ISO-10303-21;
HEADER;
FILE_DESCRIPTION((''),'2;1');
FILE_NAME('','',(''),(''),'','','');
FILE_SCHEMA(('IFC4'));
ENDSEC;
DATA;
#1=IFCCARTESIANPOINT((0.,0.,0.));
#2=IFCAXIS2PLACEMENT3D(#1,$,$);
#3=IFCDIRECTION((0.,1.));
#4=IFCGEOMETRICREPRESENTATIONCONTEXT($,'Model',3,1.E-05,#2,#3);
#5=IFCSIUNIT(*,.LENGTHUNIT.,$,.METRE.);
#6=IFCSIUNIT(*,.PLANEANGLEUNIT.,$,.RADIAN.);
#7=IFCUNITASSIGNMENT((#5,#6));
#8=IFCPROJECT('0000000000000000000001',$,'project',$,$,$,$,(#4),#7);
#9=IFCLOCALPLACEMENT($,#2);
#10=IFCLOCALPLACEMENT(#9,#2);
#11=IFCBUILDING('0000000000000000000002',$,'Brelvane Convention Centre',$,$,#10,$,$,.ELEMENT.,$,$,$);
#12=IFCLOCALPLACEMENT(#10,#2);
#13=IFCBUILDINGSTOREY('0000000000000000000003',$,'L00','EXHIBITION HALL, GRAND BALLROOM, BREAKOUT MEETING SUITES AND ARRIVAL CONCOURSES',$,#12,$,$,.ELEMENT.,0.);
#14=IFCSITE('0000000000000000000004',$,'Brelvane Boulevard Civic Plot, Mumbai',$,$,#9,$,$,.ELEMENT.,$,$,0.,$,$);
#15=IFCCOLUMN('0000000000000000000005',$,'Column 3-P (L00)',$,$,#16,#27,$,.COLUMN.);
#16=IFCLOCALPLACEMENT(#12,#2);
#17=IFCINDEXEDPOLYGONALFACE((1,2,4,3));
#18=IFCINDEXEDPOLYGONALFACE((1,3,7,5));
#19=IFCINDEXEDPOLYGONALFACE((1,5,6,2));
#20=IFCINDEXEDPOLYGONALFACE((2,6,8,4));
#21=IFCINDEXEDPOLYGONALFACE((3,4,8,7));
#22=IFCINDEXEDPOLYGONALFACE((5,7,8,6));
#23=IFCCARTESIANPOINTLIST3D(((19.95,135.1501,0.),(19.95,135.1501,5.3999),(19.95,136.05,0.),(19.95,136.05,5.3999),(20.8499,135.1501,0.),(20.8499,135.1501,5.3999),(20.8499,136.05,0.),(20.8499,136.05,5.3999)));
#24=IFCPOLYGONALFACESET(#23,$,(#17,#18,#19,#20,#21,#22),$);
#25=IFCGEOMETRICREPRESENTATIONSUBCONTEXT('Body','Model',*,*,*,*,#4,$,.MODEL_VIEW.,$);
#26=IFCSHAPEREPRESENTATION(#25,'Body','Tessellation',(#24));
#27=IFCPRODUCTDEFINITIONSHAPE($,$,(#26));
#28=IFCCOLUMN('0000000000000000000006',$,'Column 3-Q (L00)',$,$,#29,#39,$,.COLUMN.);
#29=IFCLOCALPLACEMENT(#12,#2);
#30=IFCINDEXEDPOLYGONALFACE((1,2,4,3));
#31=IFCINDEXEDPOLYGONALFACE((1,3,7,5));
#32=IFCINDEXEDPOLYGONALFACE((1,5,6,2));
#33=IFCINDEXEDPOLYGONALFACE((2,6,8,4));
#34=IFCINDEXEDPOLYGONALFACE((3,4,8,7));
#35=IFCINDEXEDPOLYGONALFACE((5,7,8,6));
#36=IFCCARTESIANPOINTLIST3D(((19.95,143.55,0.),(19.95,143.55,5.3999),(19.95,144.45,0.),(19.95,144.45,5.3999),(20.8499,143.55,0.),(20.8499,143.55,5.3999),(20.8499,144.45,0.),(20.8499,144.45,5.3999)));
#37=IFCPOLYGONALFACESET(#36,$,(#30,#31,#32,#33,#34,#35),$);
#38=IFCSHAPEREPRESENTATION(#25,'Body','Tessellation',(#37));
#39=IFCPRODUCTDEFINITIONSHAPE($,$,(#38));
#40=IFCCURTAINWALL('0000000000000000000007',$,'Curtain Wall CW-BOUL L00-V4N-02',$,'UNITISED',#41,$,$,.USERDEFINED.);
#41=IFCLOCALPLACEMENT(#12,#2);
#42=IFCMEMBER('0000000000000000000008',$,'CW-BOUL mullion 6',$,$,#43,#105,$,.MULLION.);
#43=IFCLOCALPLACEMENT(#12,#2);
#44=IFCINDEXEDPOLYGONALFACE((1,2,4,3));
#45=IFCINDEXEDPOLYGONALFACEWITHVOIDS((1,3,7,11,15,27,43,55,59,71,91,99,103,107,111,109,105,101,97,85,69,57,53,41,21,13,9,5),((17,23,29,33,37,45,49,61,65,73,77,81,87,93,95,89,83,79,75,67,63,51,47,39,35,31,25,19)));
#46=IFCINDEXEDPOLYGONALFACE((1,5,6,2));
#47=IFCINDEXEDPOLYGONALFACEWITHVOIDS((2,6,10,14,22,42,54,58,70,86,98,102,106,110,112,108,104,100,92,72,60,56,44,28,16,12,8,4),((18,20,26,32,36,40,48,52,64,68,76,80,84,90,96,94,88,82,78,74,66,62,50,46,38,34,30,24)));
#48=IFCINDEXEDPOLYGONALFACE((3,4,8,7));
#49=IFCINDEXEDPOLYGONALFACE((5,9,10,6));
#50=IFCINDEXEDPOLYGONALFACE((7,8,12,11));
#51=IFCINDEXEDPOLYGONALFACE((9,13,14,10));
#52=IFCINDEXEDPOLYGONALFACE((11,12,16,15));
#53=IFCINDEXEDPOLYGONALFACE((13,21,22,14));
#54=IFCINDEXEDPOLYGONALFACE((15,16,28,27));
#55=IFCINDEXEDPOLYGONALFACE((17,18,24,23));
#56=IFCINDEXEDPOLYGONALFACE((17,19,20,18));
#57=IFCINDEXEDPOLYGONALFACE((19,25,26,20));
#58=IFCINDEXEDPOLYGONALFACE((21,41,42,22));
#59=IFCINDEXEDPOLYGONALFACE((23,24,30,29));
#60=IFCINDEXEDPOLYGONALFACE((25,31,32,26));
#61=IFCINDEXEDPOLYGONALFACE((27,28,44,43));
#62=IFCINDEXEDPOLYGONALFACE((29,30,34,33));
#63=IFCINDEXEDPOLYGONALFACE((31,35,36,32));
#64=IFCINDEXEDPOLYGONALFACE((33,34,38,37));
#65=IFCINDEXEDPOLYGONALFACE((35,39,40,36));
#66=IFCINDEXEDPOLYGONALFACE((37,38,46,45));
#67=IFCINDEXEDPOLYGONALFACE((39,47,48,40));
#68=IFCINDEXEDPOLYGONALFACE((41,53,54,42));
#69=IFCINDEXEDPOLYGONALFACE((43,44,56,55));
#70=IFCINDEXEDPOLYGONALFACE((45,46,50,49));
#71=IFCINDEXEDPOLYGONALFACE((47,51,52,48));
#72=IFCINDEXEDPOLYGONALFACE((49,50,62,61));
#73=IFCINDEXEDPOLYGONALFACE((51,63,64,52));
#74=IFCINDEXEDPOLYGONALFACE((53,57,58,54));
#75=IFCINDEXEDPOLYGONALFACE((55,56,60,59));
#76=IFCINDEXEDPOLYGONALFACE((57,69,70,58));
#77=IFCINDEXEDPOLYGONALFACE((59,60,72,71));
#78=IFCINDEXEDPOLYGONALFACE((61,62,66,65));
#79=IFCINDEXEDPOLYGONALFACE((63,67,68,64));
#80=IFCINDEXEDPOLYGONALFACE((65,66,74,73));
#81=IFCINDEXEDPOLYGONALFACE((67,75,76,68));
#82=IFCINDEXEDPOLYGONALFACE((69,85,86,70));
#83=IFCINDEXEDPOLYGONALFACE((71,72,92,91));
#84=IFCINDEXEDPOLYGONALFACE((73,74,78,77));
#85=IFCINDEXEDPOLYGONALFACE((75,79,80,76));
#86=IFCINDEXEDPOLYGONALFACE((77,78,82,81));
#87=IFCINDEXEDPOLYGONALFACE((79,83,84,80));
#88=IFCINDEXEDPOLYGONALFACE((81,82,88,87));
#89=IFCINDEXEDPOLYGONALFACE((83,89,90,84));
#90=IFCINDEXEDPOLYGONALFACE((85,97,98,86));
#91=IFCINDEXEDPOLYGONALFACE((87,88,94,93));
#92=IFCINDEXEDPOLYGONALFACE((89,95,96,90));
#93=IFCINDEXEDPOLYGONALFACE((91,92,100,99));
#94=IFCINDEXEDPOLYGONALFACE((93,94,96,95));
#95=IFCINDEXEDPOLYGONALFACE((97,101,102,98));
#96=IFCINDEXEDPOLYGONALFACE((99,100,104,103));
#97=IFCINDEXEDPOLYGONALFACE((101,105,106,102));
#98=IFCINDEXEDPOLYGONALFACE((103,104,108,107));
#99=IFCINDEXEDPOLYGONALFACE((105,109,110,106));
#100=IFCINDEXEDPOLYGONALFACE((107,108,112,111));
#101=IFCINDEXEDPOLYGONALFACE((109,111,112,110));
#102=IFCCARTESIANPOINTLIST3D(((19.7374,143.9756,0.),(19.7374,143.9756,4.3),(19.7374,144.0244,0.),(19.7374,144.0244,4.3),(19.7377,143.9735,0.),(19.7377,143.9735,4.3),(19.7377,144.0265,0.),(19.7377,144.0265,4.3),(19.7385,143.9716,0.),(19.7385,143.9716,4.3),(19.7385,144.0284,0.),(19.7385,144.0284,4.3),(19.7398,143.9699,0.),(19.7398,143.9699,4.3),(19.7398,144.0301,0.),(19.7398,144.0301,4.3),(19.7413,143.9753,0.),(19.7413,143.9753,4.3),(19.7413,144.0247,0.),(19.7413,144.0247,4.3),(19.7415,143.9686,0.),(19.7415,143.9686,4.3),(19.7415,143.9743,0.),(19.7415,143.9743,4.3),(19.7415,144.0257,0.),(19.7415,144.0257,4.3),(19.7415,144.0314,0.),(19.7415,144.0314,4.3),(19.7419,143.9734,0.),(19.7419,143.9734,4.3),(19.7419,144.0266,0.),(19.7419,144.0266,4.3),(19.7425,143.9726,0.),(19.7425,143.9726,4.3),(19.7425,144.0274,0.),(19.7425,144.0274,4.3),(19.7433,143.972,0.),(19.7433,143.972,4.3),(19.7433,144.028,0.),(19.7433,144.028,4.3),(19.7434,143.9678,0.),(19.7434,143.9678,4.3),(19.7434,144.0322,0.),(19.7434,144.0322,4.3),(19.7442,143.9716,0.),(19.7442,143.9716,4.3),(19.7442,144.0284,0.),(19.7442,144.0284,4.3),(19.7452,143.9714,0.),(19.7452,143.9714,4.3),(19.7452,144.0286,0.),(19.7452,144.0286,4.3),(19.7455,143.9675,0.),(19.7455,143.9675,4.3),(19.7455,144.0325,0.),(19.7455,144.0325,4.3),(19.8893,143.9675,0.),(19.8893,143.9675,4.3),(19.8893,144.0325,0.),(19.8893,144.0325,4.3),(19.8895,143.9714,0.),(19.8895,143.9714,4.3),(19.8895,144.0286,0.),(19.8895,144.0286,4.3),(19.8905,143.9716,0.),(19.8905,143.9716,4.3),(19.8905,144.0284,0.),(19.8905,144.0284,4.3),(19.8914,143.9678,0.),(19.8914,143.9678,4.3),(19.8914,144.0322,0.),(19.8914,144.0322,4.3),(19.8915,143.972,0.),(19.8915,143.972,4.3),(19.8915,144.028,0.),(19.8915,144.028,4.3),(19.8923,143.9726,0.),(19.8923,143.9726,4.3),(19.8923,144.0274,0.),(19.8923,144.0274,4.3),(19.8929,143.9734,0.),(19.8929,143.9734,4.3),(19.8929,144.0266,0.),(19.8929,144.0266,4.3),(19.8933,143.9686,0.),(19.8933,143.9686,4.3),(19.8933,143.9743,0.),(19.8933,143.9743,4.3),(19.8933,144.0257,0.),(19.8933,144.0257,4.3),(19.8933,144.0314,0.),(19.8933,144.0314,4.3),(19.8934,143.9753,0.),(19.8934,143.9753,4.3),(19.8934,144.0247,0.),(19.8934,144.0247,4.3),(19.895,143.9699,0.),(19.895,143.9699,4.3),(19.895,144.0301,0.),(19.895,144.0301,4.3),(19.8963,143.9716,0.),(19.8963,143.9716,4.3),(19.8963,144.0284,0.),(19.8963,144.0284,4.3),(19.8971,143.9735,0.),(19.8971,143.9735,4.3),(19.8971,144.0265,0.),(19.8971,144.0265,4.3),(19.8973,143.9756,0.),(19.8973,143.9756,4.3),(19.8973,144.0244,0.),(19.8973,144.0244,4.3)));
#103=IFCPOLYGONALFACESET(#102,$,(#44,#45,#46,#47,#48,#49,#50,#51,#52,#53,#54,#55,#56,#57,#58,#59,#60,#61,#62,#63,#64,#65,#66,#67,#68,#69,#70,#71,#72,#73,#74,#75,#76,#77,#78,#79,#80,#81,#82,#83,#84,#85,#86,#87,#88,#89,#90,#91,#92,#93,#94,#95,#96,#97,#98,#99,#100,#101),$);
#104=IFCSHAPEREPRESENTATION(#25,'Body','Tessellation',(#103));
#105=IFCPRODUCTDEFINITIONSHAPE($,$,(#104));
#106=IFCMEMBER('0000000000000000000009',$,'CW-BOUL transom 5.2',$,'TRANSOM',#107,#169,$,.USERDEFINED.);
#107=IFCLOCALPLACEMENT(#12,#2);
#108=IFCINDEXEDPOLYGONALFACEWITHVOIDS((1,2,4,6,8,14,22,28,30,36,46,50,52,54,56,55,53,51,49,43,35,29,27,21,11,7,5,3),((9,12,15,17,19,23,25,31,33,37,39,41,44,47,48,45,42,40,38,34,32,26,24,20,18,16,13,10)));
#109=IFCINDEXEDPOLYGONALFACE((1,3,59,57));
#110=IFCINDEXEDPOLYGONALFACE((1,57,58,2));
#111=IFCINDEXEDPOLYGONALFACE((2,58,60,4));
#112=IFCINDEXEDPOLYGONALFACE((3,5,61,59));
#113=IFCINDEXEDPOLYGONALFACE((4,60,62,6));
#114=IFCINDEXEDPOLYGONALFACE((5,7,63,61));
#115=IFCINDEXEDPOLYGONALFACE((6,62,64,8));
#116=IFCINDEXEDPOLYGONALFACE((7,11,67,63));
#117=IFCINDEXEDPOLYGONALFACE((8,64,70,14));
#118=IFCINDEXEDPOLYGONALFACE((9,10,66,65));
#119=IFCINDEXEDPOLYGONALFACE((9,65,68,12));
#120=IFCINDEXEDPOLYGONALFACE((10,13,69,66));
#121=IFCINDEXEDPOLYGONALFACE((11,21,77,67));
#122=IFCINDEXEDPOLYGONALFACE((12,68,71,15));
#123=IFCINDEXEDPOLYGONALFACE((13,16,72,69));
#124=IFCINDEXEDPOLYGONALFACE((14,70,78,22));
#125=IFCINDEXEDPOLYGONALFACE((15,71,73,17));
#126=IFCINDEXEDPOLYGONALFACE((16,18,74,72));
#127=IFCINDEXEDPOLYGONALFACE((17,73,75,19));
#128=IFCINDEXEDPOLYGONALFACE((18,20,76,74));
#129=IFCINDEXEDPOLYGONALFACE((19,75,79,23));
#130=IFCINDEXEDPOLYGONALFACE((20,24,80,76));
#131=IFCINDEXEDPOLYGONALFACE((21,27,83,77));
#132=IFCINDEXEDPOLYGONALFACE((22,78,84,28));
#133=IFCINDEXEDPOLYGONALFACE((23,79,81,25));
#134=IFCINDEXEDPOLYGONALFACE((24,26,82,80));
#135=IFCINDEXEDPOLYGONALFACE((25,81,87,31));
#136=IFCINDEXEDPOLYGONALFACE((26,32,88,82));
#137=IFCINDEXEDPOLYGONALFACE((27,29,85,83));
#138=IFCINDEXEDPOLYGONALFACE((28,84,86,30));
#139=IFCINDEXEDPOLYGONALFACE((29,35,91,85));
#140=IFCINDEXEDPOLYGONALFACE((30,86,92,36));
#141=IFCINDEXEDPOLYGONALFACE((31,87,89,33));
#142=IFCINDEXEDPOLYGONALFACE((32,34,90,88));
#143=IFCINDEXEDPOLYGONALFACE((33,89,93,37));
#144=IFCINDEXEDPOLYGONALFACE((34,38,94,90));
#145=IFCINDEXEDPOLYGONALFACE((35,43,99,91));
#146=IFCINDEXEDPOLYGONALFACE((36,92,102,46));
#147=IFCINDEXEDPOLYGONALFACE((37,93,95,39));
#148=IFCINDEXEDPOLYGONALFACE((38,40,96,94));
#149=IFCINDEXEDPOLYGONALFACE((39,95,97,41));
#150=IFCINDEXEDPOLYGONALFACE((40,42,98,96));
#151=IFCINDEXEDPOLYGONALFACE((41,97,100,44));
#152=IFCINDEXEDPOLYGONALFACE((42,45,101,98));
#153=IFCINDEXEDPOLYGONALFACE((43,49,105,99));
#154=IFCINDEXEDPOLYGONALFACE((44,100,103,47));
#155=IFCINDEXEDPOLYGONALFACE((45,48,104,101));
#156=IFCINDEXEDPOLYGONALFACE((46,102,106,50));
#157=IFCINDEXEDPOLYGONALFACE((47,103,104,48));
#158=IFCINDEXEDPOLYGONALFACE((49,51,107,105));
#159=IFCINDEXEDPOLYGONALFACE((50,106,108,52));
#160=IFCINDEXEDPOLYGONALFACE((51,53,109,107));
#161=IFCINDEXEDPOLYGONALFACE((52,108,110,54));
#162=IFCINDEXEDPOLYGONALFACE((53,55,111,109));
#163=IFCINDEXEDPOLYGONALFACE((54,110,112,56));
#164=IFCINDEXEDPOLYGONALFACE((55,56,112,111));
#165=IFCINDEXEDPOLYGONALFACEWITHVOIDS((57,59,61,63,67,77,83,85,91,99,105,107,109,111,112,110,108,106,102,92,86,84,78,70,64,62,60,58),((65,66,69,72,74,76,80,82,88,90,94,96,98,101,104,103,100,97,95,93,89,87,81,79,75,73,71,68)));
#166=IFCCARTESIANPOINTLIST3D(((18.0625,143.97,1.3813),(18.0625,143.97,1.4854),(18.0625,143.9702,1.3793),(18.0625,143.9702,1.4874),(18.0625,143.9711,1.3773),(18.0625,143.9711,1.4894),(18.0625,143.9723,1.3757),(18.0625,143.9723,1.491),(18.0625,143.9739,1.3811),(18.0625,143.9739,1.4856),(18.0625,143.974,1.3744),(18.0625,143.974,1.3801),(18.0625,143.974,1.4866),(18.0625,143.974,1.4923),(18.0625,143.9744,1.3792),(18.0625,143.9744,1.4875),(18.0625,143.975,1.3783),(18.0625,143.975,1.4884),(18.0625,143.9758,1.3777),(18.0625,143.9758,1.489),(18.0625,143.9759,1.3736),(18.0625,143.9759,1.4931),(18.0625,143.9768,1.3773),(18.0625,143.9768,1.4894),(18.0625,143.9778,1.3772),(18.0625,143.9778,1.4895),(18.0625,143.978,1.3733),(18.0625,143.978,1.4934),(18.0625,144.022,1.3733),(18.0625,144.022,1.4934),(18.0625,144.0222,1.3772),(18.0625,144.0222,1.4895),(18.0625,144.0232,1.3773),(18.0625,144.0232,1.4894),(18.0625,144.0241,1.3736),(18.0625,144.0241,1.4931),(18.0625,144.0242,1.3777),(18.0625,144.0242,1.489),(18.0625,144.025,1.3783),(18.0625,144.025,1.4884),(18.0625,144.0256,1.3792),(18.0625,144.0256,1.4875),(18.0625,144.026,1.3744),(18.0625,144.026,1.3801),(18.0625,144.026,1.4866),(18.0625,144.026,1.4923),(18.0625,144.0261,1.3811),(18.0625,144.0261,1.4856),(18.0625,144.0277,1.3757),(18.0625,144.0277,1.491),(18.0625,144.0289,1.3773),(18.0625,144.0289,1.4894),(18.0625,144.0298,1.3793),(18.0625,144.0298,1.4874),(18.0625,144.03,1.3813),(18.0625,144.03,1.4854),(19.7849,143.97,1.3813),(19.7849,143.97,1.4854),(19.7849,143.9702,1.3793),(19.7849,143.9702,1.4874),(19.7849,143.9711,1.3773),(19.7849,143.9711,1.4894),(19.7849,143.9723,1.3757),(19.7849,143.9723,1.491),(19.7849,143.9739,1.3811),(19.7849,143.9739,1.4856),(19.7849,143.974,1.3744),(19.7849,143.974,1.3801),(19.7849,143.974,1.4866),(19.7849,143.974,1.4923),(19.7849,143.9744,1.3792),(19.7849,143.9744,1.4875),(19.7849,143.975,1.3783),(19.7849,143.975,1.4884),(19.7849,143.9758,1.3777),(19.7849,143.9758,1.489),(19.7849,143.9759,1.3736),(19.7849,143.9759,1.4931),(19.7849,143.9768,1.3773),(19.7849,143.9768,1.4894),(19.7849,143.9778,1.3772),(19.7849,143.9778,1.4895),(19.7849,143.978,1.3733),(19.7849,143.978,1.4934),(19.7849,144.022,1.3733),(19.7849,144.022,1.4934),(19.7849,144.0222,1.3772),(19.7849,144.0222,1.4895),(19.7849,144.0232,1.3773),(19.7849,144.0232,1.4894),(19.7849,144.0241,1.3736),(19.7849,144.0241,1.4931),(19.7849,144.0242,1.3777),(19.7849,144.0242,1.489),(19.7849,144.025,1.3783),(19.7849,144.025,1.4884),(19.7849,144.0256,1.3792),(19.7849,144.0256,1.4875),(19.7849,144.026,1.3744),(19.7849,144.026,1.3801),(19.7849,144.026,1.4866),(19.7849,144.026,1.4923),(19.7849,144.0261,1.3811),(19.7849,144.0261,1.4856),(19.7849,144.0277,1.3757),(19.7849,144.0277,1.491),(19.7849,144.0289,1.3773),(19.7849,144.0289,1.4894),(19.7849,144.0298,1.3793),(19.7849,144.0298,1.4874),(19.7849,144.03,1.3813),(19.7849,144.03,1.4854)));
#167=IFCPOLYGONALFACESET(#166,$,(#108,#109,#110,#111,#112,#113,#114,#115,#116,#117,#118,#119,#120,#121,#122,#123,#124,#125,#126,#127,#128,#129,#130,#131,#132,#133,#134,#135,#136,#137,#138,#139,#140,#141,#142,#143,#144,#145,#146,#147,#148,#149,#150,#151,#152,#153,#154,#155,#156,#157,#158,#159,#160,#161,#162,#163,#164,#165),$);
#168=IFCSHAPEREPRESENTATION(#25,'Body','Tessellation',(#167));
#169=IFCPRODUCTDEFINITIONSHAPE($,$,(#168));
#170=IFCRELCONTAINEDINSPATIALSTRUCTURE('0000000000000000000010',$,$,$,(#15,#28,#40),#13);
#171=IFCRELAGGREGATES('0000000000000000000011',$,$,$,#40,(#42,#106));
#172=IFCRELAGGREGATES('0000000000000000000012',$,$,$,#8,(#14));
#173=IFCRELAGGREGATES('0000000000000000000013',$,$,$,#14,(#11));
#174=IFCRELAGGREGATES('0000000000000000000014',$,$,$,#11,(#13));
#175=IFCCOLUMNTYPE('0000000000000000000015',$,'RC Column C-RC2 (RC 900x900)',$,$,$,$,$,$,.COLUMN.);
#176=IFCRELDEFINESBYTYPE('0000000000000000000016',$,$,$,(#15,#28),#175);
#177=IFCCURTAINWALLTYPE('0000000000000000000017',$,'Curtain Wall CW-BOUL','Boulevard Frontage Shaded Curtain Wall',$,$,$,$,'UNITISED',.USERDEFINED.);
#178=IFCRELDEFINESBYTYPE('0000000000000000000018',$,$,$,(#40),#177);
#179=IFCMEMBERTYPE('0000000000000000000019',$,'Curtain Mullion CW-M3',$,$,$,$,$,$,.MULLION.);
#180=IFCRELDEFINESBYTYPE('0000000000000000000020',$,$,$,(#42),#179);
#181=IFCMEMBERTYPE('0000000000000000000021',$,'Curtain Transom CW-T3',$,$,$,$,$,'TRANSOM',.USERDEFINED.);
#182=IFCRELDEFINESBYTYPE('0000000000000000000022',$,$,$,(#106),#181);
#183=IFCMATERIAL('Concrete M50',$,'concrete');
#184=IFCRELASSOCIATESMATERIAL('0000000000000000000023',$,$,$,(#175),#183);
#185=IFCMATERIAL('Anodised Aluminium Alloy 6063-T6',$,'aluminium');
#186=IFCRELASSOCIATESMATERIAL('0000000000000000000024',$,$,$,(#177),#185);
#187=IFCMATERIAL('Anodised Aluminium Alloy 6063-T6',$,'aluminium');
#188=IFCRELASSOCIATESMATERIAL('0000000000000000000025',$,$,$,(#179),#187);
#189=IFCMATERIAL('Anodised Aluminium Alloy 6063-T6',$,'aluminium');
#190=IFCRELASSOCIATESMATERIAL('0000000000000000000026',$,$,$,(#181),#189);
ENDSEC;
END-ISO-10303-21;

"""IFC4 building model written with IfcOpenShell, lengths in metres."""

from ifc_helpers import new_model, si_unit, direction, frame, origin, origin_2d, place, context, subcontext, project, spatial, rectangle, hollow_rectangle, extrude, material, material_profile, profile_set, type_object, element, aggregate, save


model = new_model("IFC4")

# Units and contexts
model_context = context("Model", 3, precision=1e-05, world=origin(), true_north=direction((0.0, 1.0)))
body_context = subcontext(model_context, "Body", "Model", "MODEL_VIEW")
ifc_project = project(units=[si_unit("LENGTHUNIT", "METRE"), si_unit("PLANEANGLEUNIT", "RADIAN")], contexts=[model_context])

# Site, building, storey
site_placement = place(None, origin())
site = spatial("IfcSite", under=ifc_project, at=site_placement, Name="Brelvane Boulevard Civic Plot, Mumbai", CompositionType="ELEMENT", RefElevation=0.0)
building_placement = place(site_placement, origin())
building = spatial("IfcBuilding", under=site, at=building_placement, Name="Brelvane Convention Centre", CompositionType="ELEMENT")
storey_placement = place(building_placement, origin())
storey = spatial("IfcBuildingStorey", under=building, at=storey_placement, Name="L00", Description="EXHIBITION HALL, GRAND BALLROOM, BREAKOUT MEETING SUITES AND ARRIVAL CONCOURSES", CompositionType="ELEMENT", Elevation=0.0)

# Columns
ifc_material_1 = material(Name="Concrete M50", Category="concrete")
ifc_material_profile_1 = material_profile(ifc_material_1, rectangle(XDim=0.8999, YDim=0.8999, at=origin_2d()), Name="RC 900x900")
ifc_profile_set_1 = profile_set([ifc_material_profile_1], Name="Concrete M50")
column_type = type_object("IfcColumnType", Name="RC Column C-RC2 (RC 900x900)", PredefinedType="COLUMN", material=ifc_profile_set_1)
for number, where, z_axis, x_axis, name in (
    (1, (20.3999, 135.6001, 0.0), (0.0, 0.0, 1.0), (1.0, 0.0, 0.0), "Column 3-P (L00)"),
    (2, (20.3999, 144.0, 0.0), (0.0, 0.0, 1.0), (1.0, 0.0, 0.0), "Column 3-Q (L00)"),
):
    element("IfcColumn", number, at=place(storey_placement, frame(where, z_axis=z_axis, x_axis=x_axis)), inside=storey, type_object=column_type, Name=name, PredefinedType="COLUMN", context=body_context, shape_type="SweptSolid", body=[
        extrude(rectangle(XDim=0.8999, YDim=0.8999, at=origin_2d()), origin(), (0.0, 0.0, 1.0), 5.3999),
    ])

# Curtain wall, members
ifc_material_2 = material(Name="Anodised Aluminium Alloy 6063-T6", Category="aluminium")
curtain_wall_type = type_object("IfcCurtainWallType", Name="Curtain Wall CW-BOUL", Description="Boulevard Frontage Shaded Curtain Wall", ElementType="UNITISED", PredefinedType="USERDEFINED", material=ifc_material_2)
curtain_wall_placement = place(storey_placement, origin())
curtain_wall = element("IfcCurtainWall", 3, at=curtain_wall_placement, inside=storey, type_object=curtain_wall_type, Name="Curtain Wall CW-BOUL L00-V4N-02", ObjectType="UNITISED", PredefinedType="USERDEFINED")
ifc_material_3 = material(Name="Anodised Aluminium Alloy 6063-T6", Category="aluminium")
ifc_material_profile_2 = material_profile(ifc_material_3, hollow_rectangle(XDim=0.0649, YDim=0.1599, WallThickness=0.0039, InnerFilletRadius=0.0039, OuterFilletRadius=0.0081, at=origin_2d()), Name="ALU-M 160x65x4.0")
ifc_profile_set_2 = profile_set([ifc_material_profile_2], Name="Anodised Aluminium Alloy 6063-T6")
member_type_1 = type_object("IfcMemberType", Name="Curtain Mullion CW-M3", PredefinedType="MULLION", material=ifc_profile_set_2)
member_1_placement = place(storey_placement, frame((19.8174, 144.0, 0.0), z_axis=(0.0, 0.0, 1.0), x_axis=(0.0, 1.0, 0.0)))
member_1 = element("IfcMember", 4, at=member_1_placement, type_object=member_type_1, Name="CW-BOUL mullion 6", PredefinedType="MULLION", context=body_context, shape_type="SweptSolid", body=[
    extrude(hollow_rectangle(XDim=0.0649, YDim=0.1599, WallThickness=0.0039, InnerFilletRadius=0.0039, OuterFilletRadius=0.0081, at=origin_2d()), origin(), (0.0, 0.0, 1.0), 4.3),
])
ifc_material_4 = material(Name="Anodised Aluminium Alloy 6063-T6", Category="aluminium")
ifc_material_profile_3 = material_profile(ifc_material_4, hollow_rectangle(XDim=0.0601, YDim=0.1201, WallThickness=0.0039, InnerFilletRadius=0.0039, OuterFilletRadius=0.0081, at=origin_2d()), Name="ALU-T 120x60x4.0")
ifc_profile_set_3 = profile_set([ifc_material_profile_3], Name="Anodised Aluminium Alloy 6063-T6")
member_type_2 = type_object("IfcMemberType", Name="Curtain Transom CW-T3", ElementType="TRANSOM", PredefinedType="USERDEFINED", material=ifc_profile_set_3)
member_2_placement = place(storey_placement, frame((18.0625, 144.0, 1.4333), z_axis=(1.0, 0.0, 0.0), x_axis=(0.0, 1.0, 0.0)))
member_2 = element("IfcMember", 5, at=member_2_placement, type_object=member_type_2, Name="CW-BOUL transom 5.2", ObjectType="TRANSOM", PredefinedType="USERDEFINED", context=body_context, shape_type="SweptSolid", body=[
    extrude(hollow_rectangle(XDim=0.0601, YDim=0.1201, WallThickness=0.0039, InnerFilletRadius=0.0039, OuterFilletRadius=0.0081, at=origin_2d()), origin(), (0.0, 0.0, 1.0), 1.7224),
])

aggregate(curtain_wall, [member_1, member_2])

save(model, "model.ifc")
